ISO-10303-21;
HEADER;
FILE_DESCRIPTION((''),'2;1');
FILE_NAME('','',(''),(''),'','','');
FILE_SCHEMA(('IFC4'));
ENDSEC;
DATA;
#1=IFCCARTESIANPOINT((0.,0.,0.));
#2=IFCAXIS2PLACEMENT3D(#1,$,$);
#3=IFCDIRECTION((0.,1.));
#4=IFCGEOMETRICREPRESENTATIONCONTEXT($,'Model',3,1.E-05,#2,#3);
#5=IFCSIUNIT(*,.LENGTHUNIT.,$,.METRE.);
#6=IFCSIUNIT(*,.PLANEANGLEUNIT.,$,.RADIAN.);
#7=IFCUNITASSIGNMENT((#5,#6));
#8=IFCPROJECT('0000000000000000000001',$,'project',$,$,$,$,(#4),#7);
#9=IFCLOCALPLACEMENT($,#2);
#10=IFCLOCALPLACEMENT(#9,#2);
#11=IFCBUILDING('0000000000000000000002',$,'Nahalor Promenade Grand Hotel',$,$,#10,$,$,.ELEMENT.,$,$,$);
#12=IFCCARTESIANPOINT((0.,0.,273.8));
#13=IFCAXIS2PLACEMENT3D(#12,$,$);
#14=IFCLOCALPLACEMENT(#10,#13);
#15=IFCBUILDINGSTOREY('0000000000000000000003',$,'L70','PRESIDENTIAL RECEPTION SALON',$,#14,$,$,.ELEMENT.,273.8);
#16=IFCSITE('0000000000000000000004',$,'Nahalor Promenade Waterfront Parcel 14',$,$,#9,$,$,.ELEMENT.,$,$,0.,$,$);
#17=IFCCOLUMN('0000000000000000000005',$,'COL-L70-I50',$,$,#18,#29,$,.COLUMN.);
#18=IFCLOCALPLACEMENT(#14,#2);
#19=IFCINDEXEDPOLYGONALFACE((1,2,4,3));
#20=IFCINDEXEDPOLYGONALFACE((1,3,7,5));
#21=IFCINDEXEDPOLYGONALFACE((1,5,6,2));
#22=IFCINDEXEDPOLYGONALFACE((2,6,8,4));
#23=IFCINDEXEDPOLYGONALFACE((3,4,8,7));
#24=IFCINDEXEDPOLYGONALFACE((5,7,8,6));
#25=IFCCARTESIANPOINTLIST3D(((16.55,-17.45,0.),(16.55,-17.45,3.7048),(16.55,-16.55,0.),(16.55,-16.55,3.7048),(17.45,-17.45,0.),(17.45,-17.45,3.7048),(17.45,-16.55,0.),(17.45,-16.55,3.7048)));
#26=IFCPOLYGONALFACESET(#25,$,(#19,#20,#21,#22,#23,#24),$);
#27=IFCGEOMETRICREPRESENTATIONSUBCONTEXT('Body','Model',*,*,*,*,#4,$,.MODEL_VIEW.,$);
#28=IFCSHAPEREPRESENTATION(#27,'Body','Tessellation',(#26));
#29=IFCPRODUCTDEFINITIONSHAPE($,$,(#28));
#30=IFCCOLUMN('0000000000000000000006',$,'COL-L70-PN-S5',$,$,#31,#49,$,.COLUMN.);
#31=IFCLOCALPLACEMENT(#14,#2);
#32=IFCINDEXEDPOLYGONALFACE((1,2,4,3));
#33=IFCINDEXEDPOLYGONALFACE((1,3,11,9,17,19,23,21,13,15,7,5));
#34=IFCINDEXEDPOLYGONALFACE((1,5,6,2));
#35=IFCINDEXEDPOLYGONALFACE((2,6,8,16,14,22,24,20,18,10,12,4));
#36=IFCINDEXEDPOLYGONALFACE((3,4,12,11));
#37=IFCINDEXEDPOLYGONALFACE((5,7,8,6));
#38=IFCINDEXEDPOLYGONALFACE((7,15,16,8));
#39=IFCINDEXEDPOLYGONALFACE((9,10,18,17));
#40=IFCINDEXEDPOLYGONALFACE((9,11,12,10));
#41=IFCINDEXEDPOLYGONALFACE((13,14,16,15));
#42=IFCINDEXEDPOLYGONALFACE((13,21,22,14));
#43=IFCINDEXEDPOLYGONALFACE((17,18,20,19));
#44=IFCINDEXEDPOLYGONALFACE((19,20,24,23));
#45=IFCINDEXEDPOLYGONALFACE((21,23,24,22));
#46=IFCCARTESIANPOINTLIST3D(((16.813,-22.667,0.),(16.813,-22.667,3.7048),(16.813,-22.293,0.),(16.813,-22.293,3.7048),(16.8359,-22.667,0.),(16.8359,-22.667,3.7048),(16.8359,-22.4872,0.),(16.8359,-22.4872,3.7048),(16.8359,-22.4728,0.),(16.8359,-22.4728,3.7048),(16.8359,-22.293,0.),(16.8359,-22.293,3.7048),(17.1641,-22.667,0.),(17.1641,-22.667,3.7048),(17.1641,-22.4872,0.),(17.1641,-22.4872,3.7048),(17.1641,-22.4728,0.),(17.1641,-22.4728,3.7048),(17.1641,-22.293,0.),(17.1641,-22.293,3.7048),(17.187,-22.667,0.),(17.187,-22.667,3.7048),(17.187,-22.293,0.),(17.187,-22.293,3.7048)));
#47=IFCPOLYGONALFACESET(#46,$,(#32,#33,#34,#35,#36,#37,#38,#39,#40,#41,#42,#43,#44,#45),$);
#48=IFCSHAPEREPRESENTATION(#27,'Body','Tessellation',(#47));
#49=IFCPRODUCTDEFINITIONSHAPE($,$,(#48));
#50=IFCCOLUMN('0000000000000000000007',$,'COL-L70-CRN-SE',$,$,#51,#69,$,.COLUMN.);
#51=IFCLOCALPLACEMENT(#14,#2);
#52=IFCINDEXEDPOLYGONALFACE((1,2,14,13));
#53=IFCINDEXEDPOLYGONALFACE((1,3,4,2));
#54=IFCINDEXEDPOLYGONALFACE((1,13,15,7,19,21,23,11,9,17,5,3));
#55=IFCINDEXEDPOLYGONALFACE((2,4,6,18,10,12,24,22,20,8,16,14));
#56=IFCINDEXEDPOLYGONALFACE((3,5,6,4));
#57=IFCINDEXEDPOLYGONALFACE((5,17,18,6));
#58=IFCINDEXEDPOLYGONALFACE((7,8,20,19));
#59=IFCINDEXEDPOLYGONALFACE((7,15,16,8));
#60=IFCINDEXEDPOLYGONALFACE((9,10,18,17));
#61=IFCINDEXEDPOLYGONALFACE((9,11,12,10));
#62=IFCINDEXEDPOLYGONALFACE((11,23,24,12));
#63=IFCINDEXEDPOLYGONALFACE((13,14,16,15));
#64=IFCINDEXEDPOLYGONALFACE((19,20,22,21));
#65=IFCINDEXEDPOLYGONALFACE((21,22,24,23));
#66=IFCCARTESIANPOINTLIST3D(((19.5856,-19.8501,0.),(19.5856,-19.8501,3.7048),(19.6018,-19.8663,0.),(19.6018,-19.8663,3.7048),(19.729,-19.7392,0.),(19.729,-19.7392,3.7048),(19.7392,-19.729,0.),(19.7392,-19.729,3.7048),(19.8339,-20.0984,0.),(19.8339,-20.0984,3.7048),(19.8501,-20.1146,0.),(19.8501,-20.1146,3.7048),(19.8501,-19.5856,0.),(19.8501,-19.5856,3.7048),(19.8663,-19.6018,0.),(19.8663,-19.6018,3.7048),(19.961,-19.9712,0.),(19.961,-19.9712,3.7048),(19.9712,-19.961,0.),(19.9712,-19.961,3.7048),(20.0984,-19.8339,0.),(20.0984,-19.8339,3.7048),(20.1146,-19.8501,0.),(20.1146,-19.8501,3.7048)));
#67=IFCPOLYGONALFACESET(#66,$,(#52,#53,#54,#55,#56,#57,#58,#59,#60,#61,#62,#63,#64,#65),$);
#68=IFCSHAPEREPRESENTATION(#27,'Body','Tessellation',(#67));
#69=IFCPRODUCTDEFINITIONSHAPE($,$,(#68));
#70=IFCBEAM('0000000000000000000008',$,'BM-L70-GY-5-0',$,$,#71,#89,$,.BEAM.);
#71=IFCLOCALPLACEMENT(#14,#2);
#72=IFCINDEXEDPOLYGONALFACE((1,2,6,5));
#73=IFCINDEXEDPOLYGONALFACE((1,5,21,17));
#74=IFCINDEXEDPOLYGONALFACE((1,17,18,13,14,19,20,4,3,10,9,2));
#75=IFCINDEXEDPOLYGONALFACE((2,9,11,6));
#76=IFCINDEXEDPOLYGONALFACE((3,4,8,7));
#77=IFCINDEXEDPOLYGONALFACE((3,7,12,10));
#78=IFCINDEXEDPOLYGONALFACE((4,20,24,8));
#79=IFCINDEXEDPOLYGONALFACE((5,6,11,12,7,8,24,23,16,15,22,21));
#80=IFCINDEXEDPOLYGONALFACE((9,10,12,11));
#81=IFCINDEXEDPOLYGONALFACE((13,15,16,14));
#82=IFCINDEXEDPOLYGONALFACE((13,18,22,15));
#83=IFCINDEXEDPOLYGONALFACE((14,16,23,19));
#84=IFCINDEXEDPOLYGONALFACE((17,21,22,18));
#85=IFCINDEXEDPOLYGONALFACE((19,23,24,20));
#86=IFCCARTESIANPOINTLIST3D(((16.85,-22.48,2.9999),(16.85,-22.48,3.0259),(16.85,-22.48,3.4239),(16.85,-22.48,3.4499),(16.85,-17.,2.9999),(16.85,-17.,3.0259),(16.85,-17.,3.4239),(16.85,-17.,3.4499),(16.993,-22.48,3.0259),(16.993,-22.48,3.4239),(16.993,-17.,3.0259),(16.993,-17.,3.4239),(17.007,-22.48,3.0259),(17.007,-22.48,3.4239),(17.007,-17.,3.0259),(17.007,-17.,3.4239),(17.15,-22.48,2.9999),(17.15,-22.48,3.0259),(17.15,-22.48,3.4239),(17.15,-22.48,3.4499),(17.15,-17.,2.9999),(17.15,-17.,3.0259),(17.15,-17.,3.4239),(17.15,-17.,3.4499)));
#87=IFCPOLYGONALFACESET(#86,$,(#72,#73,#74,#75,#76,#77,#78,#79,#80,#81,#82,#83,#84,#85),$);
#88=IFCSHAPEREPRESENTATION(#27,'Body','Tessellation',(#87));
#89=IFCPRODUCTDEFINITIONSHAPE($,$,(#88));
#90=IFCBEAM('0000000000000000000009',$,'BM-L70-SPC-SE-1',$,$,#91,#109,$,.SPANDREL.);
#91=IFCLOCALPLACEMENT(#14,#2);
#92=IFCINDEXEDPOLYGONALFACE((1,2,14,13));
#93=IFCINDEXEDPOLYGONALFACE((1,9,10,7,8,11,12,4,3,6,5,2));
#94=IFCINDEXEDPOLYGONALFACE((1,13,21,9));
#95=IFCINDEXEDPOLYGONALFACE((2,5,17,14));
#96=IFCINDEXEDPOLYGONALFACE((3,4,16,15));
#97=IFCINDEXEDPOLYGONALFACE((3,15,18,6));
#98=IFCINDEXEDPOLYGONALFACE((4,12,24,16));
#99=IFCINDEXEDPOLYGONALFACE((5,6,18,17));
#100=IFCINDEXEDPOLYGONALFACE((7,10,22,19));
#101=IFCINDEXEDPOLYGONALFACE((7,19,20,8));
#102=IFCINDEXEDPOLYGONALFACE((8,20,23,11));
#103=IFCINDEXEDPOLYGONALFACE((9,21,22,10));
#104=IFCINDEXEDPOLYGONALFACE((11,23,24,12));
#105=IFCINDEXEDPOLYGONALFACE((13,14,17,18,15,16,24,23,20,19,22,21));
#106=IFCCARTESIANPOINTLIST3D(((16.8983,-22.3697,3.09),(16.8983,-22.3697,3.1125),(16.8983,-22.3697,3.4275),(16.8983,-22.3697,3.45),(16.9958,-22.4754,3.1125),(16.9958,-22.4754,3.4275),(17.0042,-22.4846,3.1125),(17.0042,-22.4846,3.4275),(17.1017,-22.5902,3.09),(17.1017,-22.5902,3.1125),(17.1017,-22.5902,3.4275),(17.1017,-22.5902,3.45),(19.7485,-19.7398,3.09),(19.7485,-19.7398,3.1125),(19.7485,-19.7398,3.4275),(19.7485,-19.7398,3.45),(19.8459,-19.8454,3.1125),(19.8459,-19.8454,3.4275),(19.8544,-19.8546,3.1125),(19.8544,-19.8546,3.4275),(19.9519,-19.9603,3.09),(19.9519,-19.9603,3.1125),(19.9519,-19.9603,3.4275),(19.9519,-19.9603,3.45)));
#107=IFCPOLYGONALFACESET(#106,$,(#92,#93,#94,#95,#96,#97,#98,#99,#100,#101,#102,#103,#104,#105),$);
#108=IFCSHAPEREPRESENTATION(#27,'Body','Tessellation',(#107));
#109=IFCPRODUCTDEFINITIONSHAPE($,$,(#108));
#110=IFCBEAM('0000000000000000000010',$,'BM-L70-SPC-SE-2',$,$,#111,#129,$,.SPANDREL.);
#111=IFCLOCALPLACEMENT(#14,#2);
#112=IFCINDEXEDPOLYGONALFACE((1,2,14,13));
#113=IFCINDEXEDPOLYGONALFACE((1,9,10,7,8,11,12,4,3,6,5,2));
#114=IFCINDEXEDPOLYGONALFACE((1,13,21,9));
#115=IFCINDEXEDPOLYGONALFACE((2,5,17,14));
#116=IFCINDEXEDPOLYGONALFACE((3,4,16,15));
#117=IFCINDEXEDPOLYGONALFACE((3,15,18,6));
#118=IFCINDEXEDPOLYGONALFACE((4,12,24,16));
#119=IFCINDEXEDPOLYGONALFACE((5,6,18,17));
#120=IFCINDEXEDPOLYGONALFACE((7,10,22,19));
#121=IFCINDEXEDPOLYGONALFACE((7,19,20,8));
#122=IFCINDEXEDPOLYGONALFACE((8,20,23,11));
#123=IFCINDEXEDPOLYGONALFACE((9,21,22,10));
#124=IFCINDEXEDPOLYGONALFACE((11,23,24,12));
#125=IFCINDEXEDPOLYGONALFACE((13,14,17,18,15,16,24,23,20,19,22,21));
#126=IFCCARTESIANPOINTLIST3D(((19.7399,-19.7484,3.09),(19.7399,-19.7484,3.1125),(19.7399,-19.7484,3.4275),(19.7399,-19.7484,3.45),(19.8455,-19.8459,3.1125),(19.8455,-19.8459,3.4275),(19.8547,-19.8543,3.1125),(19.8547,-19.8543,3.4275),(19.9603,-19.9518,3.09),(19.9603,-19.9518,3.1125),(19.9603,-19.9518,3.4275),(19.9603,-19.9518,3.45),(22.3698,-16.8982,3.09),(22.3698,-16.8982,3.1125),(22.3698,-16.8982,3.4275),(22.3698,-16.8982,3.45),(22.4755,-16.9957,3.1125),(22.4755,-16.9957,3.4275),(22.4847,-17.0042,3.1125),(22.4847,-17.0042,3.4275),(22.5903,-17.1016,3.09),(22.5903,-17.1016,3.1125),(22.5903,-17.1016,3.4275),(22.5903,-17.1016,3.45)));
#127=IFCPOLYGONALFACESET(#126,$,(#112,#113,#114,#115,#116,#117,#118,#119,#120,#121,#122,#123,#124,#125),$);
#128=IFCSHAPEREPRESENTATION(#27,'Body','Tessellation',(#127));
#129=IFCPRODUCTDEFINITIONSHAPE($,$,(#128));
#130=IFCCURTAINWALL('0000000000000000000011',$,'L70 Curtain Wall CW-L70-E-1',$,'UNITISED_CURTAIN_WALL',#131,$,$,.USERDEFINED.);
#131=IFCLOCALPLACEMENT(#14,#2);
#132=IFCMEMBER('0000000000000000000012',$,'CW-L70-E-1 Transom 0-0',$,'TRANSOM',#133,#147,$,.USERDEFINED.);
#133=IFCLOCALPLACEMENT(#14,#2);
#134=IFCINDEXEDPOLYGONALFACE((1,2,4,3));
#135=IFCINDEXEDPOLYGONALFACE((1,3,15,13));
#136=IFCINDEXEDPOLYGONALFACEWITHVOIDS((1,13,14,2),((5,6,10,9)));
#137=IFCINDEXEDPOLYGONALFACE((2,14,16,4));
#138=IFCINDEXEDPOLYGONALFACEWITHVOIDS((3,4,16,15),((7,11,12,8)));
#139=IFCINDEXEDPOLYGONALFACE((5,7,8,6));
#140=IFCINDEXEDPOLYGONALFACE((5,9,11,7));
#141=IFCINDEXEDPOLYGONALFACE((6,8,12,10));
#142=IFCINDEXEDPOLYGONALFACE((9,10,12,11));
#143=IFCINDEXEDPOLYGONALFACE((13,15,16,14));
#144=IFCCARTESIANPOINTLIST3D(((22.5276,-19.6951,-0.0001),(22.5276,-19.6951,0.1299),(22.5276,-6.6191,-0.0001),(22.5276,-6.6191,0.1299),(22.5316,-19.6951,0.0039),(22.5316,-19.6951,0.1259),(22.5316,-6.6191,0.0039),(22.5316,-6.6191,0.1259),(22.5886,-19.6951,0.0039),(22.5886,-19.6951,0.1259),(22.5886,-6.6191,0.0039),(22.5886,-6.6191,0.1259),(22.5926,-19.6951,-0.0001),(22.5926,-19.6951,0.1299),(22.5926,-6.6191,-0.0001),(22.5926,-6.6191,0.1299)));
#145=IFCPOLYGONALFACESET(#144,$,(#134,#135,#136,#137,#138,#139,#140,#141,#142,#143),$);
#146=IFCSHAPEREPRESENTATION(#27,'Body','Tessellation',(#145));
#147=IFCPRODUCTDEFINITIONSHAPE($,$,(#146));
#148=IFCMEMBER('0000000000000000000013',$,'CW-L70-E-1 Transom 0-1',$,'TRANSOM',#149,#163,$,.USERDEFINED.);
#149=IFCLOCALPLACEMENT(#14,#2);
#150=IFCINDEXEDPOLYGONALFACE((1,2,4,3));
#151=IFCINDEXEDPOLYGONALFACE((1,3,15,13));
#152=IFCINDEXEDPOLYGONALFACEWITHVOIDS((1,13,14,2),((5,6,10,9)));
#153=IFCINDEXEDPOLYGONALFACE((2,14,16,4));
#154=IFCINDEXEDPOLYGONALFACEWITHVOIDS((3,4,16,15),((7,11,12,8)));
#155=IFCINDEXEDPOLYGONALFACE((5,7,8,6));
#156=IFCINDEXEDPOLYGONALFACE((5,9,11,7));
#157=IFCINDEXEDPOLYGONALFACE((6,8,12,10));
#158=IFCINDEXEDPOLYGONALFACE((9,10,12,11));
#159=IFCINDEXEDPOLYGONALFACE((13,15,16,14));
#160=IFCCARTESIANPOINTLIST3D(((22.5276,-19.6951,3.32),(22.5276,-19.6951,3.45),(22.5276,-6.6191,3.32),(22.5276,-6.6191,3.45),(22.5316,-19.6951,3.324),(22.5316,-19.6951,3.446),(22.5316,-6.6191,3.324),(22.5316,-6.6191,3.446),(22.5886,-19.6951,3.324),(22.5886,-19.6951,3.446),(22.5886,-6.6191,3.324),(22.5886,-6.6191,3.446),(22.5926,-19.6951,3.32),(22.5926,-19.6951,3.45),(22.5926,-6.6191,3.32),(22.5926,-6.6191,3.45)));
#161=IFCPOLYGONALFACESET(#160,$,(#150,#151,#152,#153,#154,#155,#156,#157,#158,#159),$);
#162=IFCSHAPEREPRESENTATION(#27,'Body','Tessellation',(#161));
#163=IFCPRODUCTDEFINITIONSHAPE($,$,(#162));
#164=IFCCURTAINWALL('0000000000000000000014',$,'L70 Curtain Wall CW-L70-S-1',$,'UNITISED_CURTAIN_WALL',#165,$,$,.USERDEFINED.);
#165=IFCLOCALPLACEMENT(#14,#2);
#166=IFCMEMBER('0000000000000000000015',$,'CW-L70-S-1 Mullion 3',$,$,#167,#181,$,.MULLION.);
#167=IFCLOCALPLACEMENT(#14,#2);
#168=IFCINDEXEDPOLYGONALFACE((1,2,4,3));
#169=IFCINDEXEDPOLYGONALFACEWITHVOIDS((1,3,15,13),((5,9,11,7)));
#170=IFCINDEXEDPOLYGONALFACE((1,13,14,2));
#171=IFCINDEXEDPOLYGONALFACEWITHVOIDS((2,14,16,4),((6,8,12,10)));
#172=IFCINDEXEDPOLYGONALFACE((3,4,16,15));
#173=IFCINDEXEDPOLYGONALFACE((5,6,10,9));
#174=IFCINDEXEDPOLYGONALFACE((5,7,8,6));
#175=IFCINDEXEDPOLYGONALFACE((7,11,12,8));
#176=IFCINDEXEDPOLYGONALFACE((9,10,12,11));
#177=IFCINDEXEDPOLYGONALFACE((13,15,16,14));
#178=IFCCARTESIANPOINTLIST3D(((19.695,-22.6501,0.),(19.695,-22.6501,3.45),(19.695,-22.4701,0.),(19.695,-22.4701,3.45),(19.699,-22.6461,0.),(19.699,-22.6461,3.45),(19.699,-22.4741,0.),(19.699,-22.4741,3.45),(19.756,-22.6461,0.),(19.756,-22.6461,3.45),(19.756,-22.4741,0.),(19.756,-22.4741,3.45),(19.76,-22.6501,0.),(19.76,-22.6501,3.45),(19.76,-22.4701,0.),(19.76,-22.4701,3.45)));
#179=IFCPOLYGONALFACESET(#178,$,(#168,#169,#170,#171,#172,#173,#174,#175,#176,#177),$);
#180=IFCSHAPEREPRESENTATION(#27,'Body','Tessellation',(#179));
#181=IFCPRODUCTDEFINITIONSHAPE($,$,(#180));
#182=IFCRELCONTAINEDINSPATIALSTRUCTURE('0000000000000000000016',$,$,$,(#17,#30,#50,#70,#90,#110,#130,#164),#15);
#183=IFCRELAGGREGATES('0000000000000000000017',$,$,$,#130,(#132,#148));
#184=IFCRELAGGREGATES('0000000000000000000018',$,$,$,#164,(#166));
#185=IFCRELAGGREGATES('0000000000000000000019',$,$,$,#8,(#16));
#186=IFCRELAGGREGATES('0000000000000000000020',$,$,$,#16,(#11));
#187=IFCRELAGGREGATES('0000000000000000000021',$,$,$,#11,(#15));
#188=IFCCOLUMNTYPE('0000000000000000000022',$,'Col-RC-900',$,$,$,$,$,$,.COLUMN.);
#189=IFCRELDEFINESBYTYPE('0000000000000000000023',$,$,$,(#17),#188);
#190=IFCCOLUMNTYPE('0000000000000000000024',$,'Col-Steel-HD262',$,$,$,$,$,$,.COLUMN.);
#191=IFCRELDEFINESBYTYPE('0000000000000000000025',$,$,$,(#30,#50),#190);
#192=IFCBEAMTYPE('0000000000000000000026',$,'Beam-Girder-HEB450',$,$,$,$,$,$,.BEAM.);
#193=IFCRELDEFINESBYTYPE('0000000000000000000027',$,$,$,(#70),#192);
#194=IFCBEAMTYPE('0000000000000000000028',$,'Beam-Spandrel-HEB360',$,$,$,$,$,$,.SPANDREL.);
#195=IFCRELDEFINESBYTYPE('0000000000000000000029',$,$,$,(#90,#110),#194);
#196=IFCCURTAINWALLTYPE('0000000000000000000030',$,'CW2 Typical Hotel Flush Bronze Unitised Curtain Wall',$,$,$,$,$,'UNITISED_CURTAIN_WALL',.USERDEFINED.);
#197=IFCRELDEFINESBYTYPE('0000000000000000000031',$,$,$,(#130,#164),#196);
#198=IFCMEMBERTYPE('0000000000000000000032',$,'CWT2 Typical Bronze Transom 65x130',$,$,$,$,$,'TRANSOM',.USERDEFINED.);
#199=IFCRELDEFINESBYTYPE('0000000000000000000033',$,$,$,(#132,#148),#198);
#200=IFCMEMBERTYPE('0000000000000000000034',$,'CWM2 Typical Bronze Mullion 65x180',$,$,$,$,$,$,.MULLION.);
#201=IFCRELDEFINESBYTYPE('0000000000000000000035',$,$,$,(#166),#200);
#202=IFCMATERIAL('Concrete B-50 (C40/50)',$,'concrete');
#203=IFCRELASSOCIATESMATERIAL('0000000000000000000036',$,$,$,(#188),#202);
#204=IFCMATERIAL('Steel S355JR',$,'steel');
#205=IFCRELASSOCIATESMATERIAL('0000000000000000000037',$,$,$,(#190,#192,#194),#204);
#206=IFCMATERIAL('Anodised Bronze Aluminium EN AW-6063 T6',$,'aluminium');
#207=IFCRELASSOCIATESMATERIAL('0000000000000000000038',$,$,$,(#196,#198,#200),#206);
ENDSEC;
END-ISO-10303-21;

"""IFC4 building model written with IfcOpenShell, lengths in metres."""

from ifc_helpers import new_model, si_unit, direction, frame, origin, origin_2d, place, context, subcontext, project, spatial, rectangle, hollow_rectangle, i_section, extrude, source, transform, mapped, material, material_profile, profile_set, type_object, element, aggregate, save


model = new_model("IFC4")

# Units and contexts
model_context = context("Model", 3, precision=1e-05, world=origin(), true_north=direction((0.0, 1.0)))
body_context = subcontext(model_context, "Body", "Model", "MODEL_VIEW")
ifc_project = project(units=[si_unit("LENGTHUNIT", "METRE"), si_unit("PLANEANGLEUNIT", "RADIAN")], contexts=[model_context])

# Site, building, storey
site_placement = place(None, origin())
site = spatial("IfcSite", under=ifc_project, at=site_placement, Name="Nahalor Promenade Waterfront Parcel 14", CompositionType="ELEMENT", RefElevation=0.0)
building_placement = place(site_placement, origin())
building = spatial("IfcBuilding", under=site, at=building_placement, Name="Nahalor Promenade Grand Hotel", CompositionType="ELEMENT")
storey_placement = place(building_placement, frame((0.0, 0.0, 273.8)))
storey = spatial("IfcBuildingStorey", under=building, at=storey_placement, Name="L70", Description="PRESIDENTIAL RECEPTION SALON", CompositionType="ELEMENT", Elevation=273.8)

# Columns
ifc_material_1 = material(Name="Concrete B-50 (C40/50)", Category="concrete")
ifc_material_profile_1 = material_profile(ifc_material_1, rectangle(XDim=0.9, YDim=0.9, at=origin_2d()), Name="RC 900x900")
ifc_profile_set_1 = profile_set([ifc_material_profile_1], Name="Concrete B-50 (C40/50)")
column_type_1 = type_object("IfcColumnType", Name="Col-RC-900", PredefinedType="COLUMN", material=ifc_profile_set_1)
shared_shape_1 = source(origin(), body_context, "Body", "SweptSolid", [
    extrude(rectangle(XDim=0.9, YDim=0.9, at=origin_2d()), origin(), (0.0, 0.0, 1.0), 3.7048),
])
column_placement = place(storey_placement, frame((17.0, -17.0, 0.0), z_axis=(0.0, 0.0, 1.0), x_axis=(1.0, 0.0, 0.0)))
element("IfcColumn", 1, at=column_placement, inside=storey, type_object=column_type_1, Name="COL-L70-I50", PredefinedType="COLUMN", context=body_context, shape_type="MappedRepresentation", body=[
    mapped(shared_shape_1, transform((0.0, 0.0, 0.0), scale=1.0)),
])
ifc_material_2 = material(Name="Steel S355JR", Category="steel")
ifc_material_profile_2 = material_profile(ifc_material_2, i_section(OverallWidth=0.374, OverallDepth=0.374, WebThickness=0.0144, FlangeThickness=0.0229, at=origin_2d()), Name="HD 360x262")
ifc_profile_set_2 = profile_set([ifc_material_profile_2], Name="Steel S355JR")
column_type_2 = type_object("IfcColumnType", Name="Col-Steel-HD262", PredefinedType="COLUMN", material=ifc_profile_set_2)
shared_shape_2 = source(origin(), body_context, "Body", "SweptSolid", [
    extrude(i_section(OverallWidth=0.374, OverallDepth=0.374, WebThickness=0.0144, FlangeThickness=0.0229, at=origin_2d()), origin(), (0.0, 0.0, 1.0), 3.7048),
])
for number, where, z_axis, x_axis, name in (
    (2, (17.0, -22.48, 0.0), (0.0, 0.0, 1.0), (0.0, 1.0, 0.0), "COL-L70-PN-S5"),
    (3, (19.8501, -19.8501, 0.0), (0.0, 0.0, 1.0), (0.707107, 0.707107, 0.0), "COL-L70-CRN-SE"),
):
    element("IfcColumn", number, at=place(storey_placement, frame(where, z_axis=z_axis, x_axis=x_axis)), inside=storey, type_object=column_type_2, Name=name, PredefinedType="COLUMN", context=body_context, shape_type="MappedRepresentation", body=[
        mapped(shared_shape_2, transform((0.0, 0.0, 0.0), scale=1.0)),
    ])

# Beams
ifc_material_profile_3 = material_profile(ifc_material_2, i_section(OverallWidth=0.3, OverallDepth=0.45, WebThickness=0.014, FlangeThickness=0.026, at=origin_2d()), Name="HEB 450")
ifc_profile_set_3 = profile_set([ifc_material_profile_3], Name="Steel S355JR")
beam_type_1 = type_object("IfcBeamType", Name="Beam-Girder-HEB450", PredefinedType="BEAM", material=ifc_profile_set_3)
shared_shape_3 = source(origin(), body_context, "Body", "SweptSolid", [
    extrude(i_section(OverallWidth=0.3, OverallDepth=0.45, WebThickness=0.014, FlangeThickness=0.026, at=origin_2d()), origin(), (0.0, 0.0, 1.0), 5.48),
])
beam_placement = place(storey_placement, frame((17.0, -22.48, 3.2249), z_axis=(0.0, 1.0, 0.0), x_axis=(-1.0, 0.0, 0.0)))
element("IfcBeam", 4, at=beam_placement, inside=storey, type_object=beam_type_1, Name="BM-L70-GY-5-0", PredefinedType="BEAM", context=body_context, shape_type="MappedRepresentation", body=[
    mapped(shared_shape_3, transform((0.0, 0.0, 0.0), scale=1.0)),
])
ifc_material_profile_4 = material_profile(ifc_material_2, i_section(OverallWidth=0.3, OverallDepth=0.36, WebThickness=0.0125, FlangeThickness=0.0225, at=origin_2d()), Name="HEB 360")
ifc_profile_set_4 = profile_set([ifc_material_profile_4], Name="Steel S355JR")
beam_type_2 = type_object("IfcBeamType", Name="Beam-Spandrel-HEB360", PredefinedType="SPANDREL", material=ifc_profile_set_4)
shared_shape_4 = source(origin(), body_context, "Body", "SweptSolid", [
    extrude(i_section(OverallWidth=0.3, OverallDepth=0.36, WebThickness=0.0125, FlangeThickness=0.0225, at=origin_2d()), origin(), (0.0, 0.0, 1.0), 3.8782),
])
for number, where, z_axis, x_axis, name in (
    (5, (17.0, -22.48, 3.27), (0.734929, 0.678144, 0.0), (-0.678144, 0.734929, 0.0), "BM-L70-SPC-SE-1"),
    (6, (19.8501, -19.8501, 3.27), (0.678144, 0.734929, 0.0), (-0.734929, 0.678144, 0.0), "BM-L70-SPC-SE-2"),
):
    element("IfcBeam", number, at=place(storey_placement, frame(where, z_axis=z_axis, x_axis=x_axis)), inside=storey, type_object=beam_type_2, Name=name, PredefinedType="SPANDREL", context=body_context, shape_type="MappedRepresentation", body=[
        mapped(shared_shape_4, transform((0.0, 0.0, 0.0), scale=1.0)),
    ])

# Curtain wall, members
ifc_material_3 = material(Name="Anodised Bronze Aluminium EN AW-6063 T6", Category="aluminium")
curtain_wall_type = type_object("IfcCurtainWallType", Name="CW2 Typical Hotel Flush Bronze Unitised Curtain Wall", ElementType="UNITISED_CURTAIN_WALL", PredefinedType="USERDEFINED", material=ifc_material_3)
curtain_wall_1_placement = place(storey_placement, origin())
curtain_wall_1 = element("IfcCurtainWall", 7, at=curtain_wall_1_placement, inside=storey, type_object=curtain_wall_type, Name="L70 Curtain Wall CW-L70-E-1", ObjectType="UNITISED_CURTAIN_WALL", PredefinedType="USERDEFINED")
ifc_material_profile_5 = material_profile(ifc_material_3, hollow_rectangle(XDim=0.065, YDim=0.13, WallThickness=0.004, at=origin_2d()), Name="CWT 65x130x4")
ifc_profile_set_5 = profile_set([ifc_material_profile_5], Name="Anodised Bronze Aluminium EN AW-6063 T6")
member_type_1 = type_object("IfcMemberType", Name="CWT2 Typical Bronze Transom 65x130", ElementType="TRANSOM", PredefinedType="USERDEFINED", material=ifc_profile_set_5)
shared_shape_5 = source(origin(), body_context, "Body", "SweptSolid", [
    extrude(hollow_rectangle(XDim=0.065, YDim=0.13, WallThickness=0.004, at=origin_2d()), origin(), (0.0, 0.0, 1.0), 13.0759),
])
member_1_placement = place(storey_placement, frame((22.5601, -19.6951, 0.0649), z_axis=(0.0, 1.0, 0.0), x_axis=(-1.0, 0.0, 0.0)))
member_1 = element("IfcMember", 8, at=member_1_placement, type_object=member_type_1, Name="CW-L70-E-1 Transom 0-0", ObjectType="TRANSOM", PredefinedType="USERDEFINED", context=body_context, shape_type="MappedRepresentation", body=[
    mapped(shared_shape_5, transform((0.0, 0.0, 0.0), scale=1.0)),
])
member_2_placement = place(storey_placement, frame((22.5601, -19.6951, 3.385), z_axis=(0.0, 1.0, 0.0), x_axis=(-1.0, 0.0, 0.0)))
member_2 = element("IfcMember", 9, at=member_2_placement, type_object=member_type_1, Name="CW-L70-E-1 Transom 0-1", ObjectType="TRANSOM", PredefinedType="USERDEFINED", context=body_context, shape_type="MappedRepresentation", body=[
    mapped(shared_shape_5, transform((0.0, 0.0, 0.0), scale=1.0)),
])

# Curtain wall, member
curtain_wall_2_placement = place(storey_placement, origin())
curtain_wall_2 = element("IfcCurtainWall", 10, at=curtain_wall_2_placement, inside=storey, type_object=curtain_wall_type, Name="L70 Curtain Wall CW-L70-S-1", ObjectType="UNITISED_CURTAIN_WALL", PredefinedType="USERDEFINED")
ifc_material_profile_6 = material_profile(ifc_material_3, hollow_rectangle(XDim=0.065, YDim=0.18, WallThickness=0.004, at=origin_2d()), Name="CWM 65x180x4")
ifc_profile_set_6 = profile_set([ifc_material_profile_6], Name="Anodised Bronze Aluminium EN AW-6063 T6")
member_type_2 = type_object("IfcMemberType", Name="CWM2 Typical Bronze Mullion 65x180", PredefinedType="MULLION", material=ifc_profile_set_6)
shared_shape_6 = source(origin(), body_context, "Body", "SweptSolid", [
    extrude(hollow_rectangle(XDim=0.065, YDim=0.18, WallThickness=0.004, at=origin_2d()), origin(), (0.0, 0.0, 1.0), 3.45),
])
member_3_placement = place(storey_placement, frame((19.7275, -22.5601, 0.0), z_axis=(0.0, 0.0, 1.0), x_axis=(1.0, 0.0, 0.0)))
member_3 = element("IfcMember", 11, at=member_3_placement, type_object=member_type_2, Name="CW-L70-S-1 Mullion 3", PredefinedType="MULLION", context=body_context, shape_type="MappedRepresentation", body=[
    mapped(shared_shape_6, transform((0.0, 0.0, 0.0), scale=1.0)),
])

aggregate(curtain_wall_1, [member_1, member_2])

aggregate(curtain_wall_2, [member_3])

save(model, "model.ifc")
